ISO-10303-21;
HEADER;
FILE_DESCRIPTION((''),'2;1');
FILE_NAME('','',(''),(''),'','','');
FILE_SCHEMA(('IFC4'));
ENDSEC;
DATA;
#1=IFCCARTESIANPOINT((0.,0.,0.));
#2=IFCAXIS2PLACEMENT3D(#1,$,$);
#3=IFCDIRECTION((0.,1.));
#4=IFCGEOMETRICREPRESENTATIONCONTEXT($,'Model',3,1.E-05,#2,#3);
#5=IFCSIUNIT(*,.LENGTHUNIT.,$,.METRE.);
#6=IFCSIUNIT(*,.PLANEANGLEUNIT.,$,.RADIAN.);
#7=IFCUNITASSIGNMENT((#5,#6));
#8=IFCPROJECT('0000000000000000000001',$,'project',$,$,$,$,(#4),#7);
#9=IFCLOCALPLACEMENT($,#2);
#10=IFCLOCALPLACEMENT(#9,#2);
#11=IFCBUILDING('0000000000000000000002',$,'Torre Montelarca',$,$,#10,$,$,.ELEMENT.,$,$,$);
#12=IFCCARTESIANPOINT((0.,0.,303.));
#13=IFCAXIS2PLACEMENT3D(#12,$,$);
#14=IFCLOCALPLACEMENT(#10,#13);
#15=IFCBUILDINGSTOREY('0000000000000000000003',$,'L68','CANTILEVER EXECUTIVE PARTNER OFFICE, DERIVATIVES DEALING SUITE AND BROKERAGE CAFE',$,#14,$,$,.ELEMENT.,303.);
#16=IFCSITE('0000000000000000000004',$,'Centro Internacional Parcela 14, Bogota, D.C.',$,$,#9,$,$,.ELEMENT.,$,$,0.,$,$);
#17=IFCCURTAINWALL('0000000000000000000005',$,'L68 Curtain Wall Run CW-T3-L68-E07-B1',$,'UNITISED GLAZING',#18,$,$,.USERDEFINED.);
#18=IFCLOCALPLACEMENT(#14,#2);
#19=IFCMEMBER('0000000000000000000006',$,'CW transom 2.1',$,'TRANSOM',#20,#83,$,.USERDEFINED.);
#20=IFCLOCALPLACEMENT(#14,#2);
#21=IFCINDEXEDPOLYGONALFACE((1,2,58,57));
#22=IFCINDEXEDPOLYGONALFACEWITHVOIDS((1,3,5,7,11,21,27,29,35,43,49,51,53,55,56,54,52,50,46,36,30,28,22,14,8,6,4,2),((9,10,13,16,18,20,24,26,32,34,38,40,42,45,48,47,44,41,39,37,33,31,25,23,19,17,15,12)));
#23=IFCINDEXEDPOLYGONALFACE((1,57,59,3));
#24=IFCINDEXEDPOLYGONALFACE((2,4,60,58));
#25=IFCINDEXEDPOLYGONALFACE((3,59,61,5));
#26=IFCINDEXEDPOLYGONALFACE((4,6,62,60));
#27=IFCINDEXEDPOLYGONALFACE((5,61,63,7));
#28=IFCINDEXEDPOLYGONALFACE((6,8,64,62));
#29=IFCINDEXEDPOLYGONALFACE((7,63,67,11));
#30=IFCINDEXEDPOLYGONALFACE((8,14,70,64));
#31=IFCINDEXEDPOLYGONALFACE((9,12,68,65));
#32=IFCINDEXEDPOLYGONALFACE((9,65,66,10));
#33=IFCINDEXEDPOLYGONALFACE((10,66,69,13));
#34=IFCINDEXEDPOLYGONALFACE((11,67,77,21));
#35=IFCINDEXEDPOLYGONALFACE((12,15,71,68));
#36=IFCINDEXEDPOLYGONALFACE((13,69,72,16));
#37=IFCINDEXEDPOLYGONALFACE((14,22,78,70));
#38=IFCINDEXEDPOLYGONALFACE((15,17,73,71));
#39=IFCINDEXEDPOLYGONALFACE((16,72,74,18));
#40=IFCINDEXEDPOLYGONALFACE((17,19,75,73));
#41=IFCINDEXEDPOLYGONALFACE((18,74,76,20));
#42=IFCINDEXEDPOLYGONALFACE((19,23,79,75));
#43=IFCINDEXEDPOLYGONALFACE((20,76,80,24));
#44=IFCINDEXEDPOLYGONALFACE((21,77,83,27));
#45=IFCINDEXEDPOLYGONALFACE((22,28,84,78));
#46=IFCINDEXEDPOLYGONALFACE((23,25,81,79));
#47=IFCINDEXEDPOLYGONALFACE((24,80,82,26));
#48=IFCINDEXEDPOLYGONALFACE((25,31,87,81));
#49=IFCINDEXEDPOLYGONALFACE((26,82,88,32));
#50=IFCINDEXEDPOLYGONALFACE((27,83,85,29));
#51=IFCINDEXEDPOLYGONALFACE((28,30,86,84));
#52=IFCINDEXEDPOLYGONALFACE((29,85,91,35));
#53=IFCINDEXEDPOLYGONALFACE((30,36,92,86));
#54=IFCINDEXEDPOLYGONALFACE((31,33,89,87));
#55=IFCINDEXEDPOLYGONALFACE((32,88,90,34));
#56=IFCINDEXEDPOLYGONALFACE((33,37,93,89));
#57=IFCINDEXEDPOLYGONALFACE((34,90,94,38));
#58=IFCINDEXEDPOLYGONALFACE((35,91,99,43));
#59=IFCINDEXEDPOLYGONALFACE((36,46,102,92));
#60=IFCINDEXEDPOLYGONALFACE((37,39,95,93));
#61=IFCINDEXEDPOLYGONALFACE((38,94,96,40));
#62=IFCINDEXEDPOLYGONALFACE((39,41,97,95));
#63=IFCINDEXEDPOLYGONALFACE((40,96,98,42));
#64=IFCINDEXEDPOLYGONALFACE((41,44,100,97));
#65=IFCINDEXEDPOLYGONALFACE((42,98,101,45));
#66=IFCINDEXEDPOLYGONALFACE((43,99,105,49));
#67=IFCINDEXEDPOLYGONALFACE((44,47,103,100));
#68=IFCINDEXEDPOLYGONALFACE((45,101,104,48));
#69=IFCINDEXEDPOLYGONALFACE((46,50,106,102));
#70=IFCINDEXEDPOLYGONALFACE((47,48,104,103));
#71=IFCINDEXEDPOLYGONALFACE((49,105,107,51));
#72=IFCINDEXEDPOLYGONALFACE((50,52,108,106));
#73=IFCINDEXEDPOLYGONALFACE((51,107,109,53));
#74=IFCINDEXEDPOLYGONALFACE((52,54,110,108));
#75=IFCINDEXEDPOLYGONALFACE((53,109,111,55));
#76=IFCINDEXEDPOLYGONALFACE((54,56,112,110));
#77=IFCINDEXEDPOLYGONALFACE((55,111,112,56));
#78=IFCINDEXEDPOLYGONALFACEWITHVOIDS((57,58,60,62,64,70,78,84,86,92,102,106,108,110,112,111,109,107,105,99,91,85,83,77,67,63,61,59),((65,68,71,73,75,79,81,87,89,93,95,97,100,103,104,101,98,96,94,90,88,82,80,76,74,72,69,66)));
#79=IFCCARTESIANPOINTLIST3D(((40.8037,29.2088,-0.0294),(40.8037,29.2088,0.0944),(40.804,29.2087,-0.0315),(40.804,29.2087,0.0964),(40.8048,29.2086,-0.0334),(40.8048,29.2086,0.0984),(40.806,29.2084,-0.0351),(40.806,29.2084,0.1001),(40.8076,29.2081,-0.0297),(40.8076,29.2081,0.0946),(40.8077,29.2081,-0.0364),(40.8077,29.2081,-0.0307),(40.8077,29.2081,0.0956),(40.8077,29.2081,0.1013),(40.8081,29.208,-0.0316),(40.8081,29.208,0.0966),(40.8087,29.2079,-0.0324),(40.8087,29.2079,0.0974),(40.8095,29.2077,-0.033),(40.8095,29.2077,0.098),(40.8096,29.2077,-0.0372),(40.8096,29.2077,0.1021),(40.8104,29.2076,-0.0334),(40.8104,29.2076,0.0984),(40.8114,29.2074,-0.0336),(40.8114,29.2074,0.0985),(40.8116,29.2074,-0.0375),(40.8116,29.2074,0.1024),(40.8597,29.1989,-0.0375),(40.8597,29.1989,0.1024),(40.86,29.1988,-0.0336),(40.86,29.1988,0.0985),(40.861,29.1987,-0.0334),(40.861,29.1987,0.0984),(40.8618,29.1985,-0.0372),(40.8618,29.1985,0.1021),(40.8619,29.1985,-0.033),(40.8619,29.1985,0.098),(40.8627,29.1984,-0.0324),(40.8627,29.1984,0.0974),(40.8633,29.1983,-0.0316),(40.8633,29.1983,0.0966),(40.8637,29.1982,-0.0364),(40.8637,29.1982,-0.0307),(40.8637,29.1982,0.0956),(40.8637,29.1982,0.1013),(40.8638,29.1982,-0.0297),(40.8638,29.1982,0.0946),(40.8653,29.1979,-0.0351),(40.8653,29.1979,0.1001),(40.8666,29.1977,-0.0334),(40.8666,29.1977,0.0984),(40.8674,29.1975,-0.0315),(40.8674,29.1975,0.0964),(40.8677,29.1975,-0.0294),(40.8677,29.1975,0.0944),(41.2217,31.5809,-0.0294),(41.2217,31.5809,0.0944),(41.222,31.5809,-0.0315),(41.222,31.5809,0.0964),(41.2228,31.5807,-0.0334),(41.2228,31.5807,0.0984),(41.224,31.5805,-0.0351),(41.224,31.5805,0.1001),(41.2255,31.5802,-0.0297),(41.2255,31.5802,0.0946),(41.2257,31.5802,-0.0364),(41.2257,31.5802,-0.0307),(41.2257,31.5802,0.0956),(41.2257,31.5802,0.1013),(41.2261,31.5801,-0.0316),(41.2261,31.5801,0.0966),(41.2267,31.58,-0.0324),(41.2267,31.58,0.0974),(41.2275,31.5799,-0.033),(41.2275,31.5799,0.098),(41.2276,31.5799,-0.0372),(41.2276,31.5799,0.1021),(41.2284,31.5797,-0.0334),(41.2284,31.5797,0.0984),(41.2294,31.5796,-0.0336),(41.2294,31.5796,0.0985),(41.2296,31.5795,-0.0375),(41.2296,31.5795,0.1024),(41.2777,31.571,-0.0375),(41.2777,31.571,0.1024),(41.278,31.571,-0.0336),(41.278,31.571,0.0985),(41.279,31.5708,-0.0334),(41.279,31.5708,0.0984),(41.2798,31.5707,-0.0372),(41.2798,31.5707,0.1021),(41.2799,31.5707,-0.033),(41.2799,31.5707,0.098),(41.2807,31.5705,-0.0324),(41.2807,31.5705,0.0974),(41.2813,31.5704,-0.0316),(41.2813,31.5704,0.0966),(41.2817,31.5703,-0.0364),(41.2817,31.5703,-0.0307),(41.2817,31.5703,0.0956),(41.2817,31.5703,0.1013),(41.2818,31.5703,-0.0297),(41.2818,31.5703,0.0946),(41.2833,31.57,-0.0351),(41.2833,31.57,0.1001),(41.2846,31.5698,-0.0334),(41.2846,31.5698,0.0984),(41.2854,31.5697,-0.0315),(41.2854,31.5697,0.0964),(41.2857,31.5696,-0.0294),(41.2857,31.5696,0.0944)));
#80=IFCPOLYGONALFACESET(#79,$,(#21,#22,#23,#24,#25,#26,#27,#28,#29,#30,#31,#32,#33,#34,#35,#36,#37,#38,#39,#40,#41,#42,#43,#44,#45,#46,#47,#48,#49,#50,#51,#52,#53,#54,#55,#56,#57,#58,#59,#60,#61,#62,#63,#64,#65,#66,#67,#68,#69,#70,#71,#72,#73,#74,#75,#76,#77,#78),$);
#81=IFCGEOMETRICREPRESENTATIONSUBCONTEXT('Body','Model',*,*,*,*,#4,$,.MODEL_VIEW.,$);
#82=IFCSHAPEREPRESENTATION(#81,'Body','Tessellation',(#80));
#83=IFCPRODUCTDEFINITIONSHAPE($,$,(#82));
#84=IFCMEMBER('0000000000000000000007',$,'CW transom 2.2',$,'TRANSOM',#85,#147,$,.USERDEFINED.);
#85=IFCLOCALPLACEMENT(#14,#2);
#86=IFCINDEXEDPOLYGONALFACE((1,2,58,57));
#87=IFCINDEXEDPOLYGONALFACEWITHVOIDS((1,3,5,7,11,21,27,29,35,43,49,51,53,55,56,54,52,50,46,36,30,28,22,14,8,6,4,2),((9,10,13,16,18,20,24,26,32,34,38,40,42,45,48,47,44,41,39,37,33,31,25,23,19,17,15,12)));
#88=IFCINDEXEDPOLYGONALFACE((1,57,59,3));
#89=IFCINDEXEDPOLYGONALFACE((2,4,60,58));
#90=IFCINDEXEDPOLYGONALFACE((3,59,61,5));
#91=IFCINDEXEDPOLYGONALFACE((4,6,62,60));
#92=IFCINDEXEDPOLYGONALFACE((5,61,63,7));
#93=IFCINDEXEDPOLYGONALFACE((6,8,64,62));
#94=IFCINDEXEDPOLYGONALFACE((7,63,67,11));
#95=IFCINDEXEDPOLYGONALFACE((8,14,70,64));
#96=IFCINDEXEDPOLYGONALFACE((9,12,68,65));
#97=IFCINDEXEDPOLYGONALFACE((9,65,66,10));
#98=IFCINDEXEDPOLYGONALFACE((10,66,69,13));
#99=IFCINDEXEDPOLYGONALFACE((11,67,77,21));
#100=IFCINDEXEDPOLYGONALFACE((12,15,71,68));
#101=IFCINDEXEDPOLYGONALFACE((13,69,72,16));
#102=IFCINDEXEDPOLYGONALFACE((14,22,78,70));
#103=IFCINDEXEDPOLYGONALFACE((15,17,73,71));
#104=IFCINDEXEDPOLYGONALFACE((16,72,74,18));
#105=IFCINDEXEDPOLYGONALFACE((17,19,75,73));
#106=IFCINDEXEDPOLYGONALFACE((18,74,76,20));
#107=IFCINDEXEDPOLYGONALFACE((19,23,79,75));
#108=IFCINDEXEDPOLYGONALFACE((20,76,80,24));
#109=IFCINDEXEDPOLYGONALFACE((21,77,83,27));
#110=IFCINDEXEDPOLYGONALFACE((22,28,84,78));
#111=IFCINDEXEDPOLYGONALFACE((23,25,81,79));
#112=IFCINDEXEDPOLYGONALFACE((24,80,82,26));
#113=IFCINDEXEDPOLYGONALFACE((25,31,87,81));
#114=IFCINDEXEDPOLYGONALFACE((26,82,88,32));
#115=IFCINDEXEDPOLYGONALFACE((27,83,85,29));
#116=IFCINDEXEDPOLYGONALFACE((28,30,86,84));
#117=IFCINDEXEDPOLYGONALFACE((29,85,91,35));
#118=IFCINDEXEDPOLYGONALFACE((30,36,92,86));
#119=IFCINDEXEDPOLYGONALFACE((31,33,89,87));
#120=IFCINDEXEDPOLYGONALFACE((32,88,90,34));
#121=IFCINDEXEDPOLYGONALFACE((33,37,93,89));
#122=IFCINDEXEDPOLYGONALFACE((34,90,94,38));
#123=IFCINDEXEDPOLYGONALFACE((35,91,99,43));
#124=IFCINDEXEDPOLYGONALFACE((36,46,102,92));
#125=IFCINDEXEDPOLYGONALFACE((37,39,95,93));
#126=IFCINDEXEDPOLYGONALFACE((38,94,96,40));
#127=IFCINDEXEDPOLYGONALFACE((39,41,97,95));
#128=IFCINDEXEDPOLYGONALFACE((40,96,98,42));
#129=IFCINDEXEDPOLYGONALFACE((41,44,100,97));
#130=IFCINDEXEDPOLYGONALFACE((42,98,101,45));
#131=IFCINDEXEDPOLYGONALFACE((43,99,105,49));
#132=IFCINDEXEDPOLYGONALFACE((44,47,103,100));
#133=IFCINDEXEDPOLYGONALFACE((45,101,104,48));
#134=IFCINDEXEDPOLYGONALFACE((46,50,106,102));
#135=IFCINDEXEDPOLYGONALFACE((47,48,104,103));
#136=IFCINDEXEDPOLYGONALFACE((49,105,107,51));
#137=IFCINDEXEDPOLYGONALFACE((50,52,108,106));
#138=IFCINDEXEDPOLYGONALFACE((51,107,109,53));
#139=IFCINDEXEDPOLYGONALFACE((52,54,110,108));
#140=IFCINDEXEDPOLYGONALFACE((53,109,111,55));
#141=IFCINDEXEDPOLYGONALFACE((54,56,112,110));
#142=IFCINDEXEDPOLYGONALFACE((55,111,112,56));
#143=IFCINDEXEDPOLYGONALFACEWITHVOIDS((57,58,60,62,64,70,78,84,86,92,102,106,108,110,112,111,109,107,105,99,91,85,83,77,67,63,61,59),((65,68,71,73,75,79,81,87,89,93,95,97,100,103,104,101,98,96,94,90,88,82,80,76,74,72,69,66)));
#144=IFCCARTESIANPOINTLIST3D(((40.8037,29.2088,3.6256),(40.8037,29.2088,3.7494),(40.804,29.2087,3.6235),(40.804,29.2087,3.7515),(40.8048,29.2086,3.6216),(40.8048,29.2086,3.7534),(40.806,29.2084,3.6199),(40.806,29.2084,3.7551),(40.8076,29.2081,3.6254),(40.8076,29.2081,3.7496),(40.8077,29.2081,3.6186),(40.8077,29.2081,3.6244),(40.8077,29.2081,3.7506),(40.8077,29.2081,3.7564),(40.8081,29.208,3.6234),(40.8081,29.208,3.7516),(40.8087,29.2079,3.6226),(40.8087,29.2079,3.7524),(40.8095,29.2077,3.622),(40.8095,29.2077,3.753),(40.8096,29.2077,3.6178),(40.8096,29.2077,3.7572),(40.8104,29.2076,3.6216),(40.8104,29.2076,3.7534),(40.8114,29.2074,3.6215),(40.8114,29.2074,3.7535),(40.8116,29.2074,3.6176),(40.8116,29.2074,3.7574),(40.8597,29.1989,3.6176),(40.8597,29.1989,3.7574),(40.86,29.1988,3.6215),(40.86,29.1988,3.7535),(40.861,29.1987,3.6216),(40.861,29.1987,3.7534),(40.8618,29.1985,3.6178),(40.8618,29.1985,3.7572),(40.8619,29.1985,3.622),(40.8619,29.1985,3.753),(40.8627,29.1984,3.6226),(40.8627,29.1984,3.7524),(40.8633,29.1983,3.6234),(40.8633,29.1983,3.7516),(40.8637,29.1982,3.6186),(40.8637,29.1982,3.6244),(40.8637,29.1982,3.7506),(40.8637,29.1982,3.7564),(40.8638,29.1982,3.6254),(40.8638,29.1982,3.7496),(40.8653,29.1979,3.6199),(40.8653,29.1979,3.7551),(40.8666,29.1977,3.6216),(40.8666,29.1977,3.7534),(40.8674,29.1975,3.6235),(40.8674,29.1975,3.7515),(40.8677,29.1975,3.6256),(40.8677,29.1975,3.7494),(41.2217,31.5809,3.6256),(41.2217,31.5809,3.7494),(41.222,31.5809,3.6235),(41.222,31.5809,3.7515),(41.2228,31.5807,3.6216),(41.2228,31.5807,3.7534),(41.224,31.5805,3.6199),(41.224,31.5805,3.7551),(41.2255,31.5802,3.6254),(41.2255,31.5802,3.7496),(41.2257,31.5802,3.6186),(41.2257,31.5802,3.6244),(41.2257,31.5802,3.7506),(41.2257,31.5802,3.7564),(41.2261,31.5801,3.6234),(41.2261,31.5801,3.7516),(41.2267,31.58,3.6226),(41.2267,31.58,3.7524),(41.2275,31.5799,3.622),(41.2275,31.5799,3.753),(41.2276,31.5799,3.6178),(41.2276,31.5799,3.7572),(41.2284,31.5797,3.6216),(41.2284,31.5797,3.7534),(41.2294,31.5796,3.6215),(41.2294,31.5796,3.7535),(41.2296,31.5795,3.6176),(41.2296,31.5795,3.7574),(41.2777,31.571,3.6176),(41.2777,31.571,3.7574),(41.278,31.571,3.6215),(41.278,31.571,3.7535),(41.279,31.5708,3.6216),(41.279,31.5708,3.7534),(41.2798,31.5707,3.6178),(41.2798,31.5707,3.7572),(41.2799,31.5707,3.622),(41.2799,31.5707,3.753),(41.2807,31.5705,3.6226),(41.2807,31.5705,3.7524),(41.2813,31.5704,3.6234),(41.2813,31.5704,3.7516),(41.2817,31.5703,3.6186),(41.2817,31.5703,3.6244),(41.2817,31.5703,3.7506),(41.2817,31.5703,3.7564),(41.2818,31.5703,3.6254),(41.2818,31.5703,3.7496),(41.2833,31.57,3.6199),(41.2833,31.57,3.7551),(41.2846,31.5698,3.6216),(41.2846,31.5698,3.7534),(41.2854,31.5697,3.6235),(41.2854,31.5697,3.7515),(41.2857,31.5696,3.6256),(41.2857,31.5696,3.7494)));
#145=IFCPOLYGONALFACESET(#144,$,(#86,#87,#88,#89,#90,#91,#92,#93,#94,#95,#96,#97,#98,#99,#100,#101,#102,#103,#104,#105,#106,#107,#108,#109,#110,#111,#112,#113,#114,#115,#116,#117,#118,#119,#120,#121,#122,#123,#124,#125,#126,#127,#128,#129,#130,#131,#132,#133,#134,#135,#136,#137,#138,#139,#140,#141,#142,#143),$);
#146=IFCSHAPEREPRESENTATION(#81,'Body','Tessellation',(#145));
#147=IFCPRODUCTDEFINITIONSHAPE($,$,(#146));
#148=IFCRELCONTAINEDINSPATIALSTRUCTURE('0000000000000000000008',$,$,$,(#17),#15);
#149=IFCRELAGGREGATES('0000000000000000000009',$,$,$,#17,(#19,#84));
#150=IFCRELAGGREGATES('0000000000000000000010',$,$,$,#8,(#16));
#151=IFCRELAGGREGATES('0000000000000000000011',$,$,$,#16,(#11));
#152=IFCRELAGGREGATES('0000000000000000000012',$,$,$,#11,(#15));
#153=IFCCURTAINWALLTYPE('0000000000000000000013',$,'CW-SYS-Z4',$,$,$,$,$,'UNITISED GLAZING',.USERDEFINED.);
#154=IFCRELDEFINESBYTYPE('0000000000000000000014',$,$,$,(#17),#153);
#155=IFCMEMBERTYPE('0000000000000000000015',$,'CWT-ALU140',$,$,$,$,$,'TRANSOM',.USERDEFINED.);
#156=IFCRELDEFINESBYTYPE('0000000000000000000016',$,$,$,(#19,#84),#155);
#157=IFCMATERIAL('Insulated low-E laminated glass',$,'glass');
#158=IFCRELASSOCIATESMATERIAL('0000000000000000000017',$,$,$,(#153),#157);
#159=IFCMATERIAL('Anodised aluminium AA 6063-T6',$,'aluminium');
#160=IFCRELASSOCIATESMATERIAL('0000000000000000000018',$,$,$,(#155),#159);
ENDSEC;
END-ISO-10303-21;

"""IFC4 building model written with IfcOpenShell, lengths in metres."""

from ifc_helpers import new_model, si_unit, direction, frame, origin, origin_2d, place, context, subcontext, project, spatial, hollow_rectangle, extrude, source, transform, mapped, material, material_profile, profile_set, type_object, element, aggregate, save


model = new_model("IFC4")

# Units and contexts
model_context = context("Model", 3, precision=1e-05, world=origin(), true_north=direction((0.0, 1.0)))
body_context = subcontext(model_context, "Body", "Model", "MODEL_VIEW")
ifc_project = project(units=[si_unit("LENGTHUNIT", "METRE"), si_unit("PLANEANGLEUNIT", "RADIAN")], contexts=[model_context])

# Site, building, storey
site_placement = place(None, origin())
site = spatial("IfcSite", under=ifc_project, at=site_placement, Name="Centro Internacional Parcela 14, Bogota, D.C.", CompositionType="ELEMENT", RefElevation=0.0)
building_placement = place(site_placement, origin())
building = spatial("IfcBuilding", under=site, at=building_placement, Name="Torre Montelarca", CompositionType="ELEMENT")
storey_placement = place(building_placement, frame((0.0, 0.0, 303.0)))
storey = spatial("IfcBuildingStorey", under=building, at=storey_placement, Name="L68", Description="CANTILEVER EXECUTIVE PARTNER OFFICE, DERIVATIVES DEALING SUITE AND BROKERAGE CAFE", CompositionType="ELEMENT", Elevation=303.0)

# Curtain wall
ifc_material_1 = material(Name="Insulated low-E laminated glass", Category="glass")
curtain_wall_type = type_object("IfcCurtainWallType", Name="CW-SYS-Z4", ElementType="UNITISED GLAZING", PredefinedType="USERDEFINED", material=ifc_material_1)
curtain_wall_1_placement = place(storey_placement, origin())
curtain_wall_1 = element("IfcCurtainWall", 1, at=curtain_wall_1_placement, inside=storey, type_object=curtain_wall_type, Name="L68 Curtain Wall Run CW-T3-L68-E07-B1", ObjectType="UNITISED GLAZING", PredefinedType="USERDEFINED")
ifc_material_2 = material(Name="Anodised aluminium AA 6063-T6", Category="aluminium")

# Members
ifc_material_profile_1 = material_profile(ifc_material_2, hollow_rectangle(XDim=0.0649, YDim=0.1399, WallThickness=0.0039, InnerFilletRadius=0.0039, OuterFilletRadius=0.0081, at=origin_2d()), Name="ALU65X140X4", Category="aluminium")
ifc_profile_set_1 = profile_set([ifc_material_profile_1], Name="Anodised aluminium AA 6063-T6")
member_type_1 = type_object("IfcMemberType", Name="CWT-ALU140", ElementType="TRANSOM", PredefinedType="USERDEFINED", material=ifc_profile_set_1)
shared_shape_1 = source(origin(), body_context, "Body", "SweptSolid", [
    extrude(hollow_rectangle(XDim=0.0649, YDim=0.1399, WallThickness=0.0039, InnerFilletRadius=0.0039, OuterFilletRadius=0.0081, at=origin_2d()), origin(), (0.0, 0.0, 1.0), 2.4087),
])
member_1_placement = place(storey_placement, frame((40.8357, 29.2031, 0.0325), z_axis=(0.173531, 0.984828, 0.0), x_axis=(-0.984828, 0.173531, 0.0)))
member_1 = element("IfcMember", 2, at=member_1_placement, type_object=member_type_1, Name="CW transom 2.1", ObjectType="TRANSOM", PredefinedType="USERDEFINED", context=body_context, shape_type="MappedRepresentation", body=[
    mapped(shared_shape_1, transform((0.0, 0.0, 0.0), scale=1.0)),
])
member_2_placement = place(storey_placement, frame((40.8357, 29.2031, 3.6875), z_axis=(0.173531, 0.984828, 0.0), x_axis=(-0.984828, 0.173531, 0.0)))
member_2 = element("IfcMember", 3, at=member_2_placement, type_object=member_type_1, Name="CW transom 2.2", ObjectType="TRANSOM", PredefinedType="USERDEFINED", context=body_context, shape_type="MappedRepresentation", body=[
    mapped(shared_shape_1, transform((0.0, 0.0, 0.0), scale=1.0)),
])

aggregate(curtain_wall_1, [member_1, member_2])

save(model, "model.ifc")
